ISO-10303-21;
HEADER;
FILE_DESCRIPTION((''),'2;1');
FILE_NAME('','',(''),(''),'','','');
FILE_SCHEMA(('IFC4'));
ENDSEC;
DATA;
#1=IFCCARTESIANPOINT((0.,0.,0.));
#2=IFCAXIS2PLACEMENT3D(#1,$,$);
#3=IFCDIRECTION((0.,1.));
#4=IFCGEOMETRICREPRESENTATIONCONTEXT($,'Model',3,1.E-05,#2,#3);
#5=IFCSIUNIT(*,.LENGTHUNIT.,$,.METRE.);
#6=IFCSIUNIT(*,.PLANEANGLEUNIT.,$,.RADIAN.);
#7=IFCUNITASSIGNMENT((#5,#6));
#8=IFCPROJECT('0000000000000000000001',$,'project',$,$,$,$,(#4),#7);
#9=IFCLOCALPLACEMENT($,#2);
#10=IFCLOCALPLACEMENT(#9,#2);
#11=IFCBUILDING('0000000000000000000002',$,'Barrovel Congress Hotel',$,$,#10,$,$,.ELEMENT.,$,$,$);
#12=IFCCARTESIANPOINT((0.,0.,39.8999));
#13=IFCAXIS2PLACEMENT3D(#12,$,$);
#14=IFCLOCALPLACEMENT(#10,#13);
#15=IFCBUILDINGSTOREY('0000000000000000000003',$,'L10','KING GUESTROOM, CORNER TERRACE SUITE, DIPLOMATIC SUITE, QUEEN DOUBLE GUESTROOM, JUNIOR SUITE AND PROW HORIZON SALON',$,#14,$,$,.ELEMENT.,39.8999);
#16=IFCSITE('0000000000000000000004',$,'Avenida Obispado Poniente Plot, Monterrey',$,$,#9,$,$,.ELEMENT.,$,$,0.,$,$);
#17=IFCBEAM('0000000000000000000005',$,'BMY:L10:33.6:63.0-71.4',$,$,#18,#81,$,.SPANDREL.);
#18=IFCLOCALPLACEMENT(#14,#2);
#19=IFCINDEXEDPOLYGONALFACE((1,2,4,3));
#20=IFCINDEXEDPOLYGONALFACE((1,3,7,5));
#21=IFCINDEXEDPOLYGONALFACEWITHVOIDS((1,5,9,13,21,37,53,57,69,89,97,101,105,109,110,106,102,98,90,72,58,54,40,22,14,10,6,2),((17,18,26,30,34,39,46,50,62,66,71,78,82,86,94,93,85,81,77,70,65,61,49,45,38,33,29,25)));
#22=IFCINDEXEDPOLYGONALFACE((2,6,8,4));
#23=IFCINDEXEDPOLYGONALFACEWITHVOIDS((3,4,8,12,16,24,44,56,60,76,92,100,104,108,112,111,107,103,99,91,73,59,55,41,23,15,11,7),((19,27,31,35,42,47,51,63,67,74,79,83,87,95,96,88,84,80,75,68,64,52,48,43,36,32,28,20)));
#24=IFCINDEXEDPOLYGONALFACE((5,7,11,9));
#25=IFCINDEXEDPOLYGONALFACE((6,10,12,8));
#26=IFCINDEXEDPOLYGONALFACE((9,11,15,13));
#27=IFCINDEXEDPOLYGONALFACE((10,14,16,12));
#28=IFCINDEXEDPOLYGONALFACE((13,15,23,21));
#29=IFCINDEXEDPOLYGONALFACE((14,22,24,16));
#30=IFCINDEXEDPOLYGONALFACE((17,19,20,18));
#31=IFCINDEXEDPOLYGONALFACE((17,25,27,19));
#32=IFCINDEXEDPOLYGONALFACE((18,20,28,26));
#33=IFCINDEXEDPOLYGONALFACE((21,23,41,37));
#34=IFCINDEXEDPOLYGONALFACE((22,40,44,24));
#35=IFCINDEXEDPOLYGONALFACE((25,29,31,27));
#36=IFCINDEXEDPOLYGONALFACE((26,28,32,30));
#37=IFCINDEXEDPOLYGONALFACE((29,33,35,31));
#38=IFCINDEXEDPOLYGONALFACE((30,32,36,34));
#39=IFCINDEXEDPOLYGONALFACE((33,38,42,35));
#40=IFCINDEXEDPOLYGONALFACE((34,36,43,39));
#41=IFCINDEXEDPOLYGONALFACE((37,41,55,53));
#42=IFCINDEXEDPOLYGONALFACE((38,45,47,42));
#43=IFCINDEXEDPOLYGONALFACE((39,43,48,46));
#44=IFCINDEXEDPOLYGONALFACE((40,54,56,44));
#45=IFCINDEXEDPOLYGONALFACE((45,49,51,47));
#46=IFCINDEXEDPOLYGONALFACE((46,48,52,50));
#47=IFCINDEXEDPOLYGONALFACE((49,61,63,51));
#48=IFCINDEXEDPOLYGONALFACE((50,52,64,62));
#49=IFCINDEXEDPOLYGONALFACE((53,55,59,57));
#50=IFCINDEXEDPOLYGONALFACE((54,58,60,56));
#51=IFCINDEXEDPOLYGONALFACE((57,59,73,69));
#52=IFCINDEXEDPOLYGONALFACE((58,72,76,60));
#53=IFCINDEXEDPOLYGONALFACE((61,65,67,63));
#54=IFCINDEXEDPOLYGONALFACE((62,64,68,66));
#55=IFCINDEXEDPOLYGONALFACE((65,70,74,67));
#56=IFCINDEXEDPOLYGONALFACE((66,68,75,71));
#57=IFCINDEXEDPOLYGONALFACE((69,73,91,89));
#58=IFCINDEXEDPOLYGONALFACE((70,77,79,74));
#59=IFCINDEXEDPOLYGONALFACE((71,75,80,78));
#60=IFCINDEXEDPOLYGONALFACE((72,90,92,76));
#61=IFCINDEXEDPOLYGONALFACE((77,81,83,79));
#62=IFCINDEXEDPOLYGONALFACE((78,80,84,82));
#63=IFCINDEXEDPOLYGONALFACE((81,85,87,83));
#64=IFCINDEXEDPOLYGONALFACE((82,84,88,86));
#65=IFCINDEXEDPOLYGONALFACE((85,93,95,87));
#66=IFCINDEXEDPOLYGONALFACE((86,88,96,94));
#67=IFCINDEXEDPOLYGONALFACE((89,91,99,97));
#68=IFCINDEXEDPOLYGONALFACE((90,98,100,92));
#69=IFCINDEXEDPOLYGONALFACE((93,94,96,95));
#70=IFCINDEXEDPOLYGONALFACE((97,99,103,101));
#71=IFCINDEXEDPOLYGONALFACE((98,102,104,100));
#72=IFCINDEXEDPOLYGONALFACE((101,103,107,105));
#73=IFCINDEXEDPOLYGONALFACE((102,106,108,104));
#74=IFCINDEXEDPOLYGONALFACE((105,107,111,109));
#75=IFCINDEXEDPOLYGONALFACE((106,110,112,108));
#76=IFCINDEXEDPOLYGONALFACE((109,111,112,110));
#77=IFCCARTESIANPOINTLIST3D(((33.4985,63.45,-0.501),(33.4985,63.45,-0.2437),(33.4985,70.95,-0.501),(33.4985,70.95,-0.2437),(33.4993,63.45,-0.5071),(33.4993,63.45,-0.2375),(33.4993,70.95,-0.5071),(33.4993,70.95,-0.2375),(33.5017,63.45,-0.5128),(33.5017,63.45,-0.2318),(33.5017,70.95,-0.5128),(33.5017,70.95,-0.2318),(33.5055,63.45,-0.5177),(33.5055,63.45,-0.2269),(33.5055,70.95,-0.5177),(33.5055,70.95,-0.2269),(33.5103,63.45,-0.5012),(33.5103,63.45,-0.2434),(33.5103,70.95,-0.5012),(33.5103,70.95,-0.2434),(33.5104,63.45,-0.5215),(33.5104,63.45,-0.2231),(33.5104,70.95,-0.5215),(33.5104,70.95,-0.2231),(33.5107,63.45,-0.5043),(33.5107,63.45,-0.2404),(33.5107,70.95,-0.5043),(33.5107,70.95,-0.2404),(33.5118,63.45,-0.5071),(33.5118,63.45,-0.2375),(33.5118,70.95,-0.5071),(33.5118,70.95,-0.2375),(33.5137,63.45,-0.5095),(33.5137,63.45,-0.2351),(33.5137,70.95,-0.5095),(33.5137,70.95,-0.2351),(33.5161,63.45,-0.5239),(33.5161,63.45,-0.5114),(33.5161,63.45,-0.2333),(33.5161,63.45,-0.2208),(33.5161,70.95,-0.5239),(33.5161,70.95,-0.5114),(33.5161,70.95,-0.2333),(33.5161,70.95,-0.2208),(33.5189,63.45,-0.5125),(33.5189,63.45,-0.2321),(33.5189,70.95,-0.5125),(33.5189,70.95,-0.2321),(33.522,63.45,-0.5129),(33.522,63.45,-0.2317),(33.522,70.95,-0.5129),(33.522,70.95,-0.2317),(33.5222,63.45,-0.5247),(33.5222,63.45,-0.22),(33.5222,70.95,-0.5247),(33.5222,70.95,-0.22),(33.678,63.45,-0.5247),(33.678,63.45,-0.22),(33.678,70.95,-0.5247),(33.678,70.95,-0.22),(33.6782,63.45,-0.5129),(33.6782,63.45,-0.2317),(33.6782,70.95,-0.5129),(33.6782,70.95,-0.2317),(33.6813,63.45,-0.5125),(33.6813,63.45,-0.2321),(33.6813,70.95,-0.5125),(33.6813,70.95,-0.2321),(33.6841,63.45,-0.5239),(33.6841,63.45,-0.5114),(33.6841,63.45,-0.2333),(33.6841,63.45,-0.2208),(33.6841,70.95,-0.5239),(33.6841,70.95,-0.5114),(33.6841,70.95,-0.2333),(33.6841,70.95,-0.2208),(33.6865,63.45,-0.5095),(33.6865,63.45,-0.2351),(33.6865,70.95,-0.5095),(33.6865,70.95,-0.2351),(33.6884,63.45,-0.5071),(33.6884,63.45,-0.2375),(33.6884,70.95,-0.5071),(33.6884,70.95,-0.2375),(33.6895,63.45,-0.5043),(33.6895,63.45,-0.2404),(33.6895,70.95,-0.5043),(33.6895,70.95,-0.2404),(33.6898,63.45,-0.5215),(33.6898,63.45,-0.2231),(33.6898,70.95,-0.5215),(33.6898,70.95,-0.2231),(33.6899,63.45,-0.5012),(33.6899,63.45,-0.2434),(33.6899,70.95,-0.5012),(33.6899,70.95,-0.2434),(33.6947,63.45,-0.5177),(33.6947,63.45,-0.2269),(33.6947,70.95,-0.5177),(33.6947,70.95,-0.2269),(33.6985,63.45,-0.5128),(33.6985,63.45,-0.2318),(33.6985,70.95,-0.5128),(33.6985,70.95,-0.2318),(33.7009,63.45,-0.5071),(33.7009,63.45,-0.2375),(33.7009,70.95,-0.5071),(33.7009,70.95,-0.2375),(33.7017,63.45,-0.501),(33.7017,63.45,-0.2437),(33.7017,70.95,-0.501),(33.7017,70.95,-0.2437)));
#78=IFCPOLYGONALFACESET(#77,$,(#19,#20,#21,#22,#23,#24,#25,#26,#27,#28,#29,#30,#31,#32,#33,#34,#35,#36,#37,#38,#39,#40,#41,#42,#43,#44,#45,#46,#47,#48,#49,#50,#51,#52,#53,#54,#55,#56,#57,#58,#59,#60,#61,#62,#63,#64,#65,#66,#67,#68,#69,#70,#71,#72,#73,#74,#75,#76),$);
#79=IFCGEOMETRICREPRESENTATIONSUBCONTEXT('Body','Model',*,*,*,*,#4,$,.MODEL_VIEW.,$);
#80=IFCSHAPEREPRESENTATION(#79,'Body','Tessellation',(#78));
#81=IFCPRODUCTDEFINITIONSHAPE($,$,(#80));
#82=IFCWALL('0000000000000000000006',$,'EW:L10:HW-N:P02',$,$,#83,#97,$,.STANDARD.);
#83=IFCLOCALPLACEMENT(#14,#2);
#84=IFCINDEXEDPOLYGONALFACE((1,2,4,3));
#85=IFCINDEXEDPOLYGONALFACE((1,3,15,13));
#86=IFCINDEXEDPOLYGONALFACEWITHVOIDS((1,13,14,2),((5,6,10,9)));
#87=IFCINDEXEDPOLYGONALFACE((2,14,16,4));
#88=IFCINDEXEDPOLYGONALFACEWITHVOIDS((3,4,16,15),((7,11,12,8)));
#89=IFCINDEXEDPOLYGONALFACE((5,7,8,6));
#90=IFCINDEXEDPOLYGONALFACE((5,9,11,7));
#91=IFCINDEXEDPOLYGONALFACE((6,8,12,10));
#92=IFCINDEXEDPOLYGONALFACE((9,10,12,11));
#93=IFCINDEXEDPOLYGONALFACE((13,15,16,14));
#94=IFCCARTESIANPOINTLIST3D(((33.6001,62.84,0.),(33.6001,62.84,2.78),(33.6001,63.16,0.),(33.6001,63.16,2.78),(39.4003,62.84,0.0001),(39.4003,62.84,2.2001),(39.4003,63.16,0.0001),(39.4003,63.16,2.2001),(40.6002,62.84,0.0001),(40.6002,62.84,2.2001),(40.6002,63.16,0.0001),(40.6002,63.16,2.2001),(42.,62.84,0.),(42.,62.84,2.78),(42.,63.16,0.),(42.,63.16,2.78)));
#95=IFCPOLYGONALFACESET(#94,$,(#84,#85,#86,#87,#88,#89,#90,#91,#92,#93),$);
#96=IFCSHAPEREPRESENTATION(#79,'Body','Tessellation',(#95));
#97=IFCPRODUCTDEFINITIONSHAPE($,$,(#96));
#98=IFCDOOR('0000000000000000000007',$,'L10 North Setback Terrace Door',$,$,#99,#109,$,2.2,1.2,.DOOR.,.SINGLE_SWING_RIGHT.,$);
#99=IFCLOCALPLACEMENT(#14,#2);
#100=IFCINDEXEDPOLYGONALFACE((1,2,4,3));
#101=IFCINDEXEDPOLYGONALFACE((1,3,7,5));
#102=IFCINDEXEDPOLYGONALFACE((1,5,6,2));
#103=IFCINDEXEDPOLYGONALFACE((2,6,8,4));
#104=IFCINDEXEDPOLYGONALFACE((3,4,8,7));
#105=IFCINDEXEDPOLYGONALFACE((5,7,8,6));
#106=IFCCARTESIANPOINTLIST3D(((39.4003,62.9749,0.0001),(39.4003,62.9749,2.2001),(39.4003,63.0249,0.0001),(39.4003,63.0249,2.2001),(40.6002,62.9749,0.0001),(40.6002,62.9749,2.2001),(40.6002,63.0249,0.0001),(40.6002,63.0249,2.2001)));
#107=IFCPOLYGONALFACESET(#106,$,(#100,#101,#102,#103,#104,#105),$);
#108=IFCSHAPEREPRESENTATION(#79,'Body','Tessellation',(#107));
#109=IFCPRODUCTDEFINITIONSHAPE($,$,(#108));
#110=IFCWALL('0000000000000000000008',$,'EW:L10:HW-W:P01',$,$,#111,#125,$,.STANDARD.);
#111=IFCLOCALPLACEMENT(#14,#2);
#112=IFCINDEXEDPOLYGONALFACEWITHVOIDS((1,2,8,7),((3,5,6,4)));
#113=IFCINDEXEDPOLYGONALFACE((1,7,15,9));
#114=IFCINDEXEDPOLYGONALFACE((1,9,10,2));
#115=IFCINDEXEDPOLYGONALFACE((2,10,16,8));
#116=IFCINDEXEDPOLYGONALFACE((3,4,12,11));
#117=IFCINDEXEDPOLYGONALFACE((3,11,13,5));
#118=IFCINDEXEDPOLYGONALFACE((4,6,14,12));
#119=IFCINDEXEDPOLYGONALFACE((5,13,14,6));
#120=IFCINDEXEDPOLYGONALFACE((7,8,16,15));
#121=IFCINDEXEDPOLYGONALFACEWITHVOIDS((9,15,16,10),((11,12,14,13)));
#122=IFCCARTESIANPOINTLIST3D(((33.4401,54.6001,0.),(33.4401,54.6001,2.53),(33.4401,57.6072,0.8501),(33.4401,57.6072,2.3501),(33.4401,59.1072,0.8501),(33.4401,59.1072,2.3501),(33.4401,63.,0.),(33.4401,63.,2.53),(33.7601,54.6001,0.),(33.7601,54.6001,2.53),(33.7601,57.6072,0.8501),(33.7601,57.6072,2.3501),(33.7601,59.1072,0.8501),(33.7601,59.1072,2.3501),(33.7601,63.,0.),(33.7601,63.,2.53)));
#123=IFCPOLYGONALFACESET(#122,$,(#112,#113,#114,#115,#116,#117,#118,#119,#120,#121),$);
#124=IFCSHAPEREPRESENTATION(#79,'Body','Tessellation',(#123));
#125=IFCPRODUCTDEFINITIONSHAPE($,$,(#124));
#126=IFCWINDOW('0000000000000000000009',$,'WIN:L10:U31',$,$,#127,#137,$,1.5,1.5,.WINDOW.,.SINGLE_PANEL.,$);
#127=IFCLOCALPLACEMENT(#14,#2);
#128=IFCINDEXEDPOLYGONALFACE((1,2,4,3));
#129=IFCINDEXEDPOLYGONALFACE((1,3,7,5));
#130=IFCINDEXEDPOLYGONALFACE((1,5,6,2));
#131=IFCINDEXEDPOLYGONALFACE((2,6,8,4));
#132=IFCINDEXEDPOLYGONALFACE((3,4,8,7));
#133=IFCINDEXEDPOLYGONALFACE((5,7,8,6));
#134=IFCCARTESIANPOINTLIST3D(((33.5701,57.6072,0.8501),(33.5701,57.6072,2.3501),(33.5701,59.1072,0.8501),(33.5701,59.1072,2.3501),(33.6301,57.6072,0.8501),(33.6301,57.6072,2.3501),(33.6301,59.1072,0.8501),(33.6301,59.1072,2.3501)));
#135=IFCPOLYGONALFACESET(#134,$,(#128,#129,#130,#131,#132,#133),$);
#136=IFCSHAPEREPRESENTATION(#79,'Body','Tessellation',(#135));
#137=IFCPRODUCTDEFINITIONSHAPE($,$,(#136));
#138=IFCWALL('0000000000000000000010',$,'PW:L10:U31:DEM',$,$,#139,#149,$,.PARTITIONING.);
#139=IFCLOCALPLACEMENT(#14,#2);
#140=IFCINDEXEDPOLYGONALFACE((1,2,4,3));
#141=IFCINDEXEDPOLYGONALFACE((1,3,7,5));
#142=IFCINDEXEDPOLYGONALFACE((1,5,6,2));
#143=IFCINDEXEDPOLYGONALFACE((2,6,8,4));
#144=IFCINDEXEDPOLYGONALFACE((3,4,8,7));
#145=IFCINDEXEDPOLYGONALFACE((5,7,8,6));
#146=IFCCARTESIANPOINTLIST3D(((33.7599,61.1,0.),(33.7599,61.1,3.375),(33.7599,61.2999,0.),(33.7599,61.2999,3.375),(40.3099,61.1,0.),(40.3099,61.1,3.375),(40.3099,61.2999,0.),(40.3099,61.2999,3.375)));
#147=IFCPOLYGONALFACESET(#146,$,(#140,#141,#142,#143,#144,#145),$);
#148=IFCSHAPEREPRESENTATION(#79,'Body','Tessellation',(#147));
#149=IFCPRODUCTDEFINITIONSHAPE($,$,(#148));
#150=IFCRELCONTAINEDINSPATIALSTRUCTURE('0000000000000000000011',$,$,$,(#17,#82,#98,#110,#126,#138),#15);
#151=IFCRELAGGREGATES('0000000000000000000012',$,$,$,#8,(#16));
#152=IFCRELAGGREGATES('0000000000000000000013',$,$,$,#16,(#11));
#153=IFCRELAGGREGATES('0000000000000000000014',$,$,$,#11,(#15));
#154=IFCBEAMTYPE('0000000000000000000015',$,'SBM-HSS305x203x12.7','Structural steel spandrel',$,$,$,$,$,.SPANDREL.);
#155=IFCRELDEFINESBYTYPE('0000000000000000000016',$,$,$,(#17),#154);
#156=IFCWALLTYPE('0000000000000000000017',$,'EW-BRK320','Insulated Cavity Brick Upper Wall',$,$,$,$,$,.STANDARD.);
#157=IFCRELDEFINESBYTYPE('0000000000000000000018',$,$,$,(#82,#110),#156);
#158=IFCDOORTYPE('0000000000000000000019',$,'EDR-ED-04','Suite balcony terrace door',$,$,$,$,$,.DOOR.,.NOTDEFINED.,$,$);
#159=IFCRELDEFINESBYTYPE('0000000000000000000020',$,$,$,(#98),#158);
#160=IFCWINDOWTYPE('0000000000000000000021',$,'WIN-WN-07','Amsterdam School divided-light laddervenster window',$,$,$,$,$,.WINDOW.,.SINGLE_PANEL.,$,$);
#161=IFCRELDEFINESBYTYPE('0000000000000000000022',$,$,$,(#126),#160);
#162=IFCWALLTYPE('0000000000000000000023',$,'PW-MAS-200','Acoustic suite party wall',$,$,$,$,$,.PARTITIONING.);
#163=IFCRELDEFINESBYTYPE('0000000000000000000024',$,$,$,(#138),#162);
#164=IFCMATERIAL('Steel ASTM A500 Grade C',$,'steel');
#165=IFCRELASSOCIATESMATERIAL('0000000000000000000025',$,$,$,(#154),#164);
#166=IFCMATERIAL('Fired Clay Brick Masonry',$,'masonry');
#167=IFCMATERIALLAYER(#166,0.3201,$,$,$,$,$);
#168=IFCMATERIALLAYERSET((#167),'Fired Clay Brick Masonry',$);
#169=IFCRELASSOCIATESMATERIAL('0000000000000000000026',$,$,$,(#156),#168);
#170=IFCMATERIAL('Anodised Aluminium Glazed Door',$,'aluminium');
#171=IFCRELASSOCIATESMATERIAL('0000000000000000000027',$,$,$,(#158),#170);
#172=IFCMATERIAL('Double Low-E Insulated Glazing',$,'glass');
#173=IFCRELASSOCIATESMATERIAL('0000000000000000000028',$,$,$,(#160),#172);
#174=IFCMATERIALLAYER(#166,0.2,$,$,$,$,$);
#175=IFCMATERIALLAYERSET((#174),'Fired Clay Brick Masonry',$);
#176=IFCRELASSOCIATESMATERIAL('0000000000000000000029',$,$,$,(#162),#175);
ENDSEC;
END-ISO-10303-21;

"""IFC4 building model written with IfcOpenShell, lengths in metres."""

from ifc_helpers import new_model, si_unit, direction, frame, frame_2d, origin, origin_2d, place, context, subcontext, project, spatial, rectangle, hollow_rectangle, extrude, material, layer, layer_set, material_profile, profile_set, type_object, element, fill, save


model = new_model("IFC4")

# Units and contexts
model_context = context("Model", 3, precision=1e-05, world=origin(), true_north=direction((0.0, 1.0)))
body_context = subcontext(model_context, "Body", "Model", "MODEL_VIEW")
ifc_project = project(units=[si_unit("LENGTHUNIT", "METRE"), si_unit("PLANEANGLEUNIT", "RADIAN")], contexts=[model_context])

# Site, building, storey
site_placement = place(None, origin())
site = spatial("IfcSite", under=ifc_project, at=site_placement, Name="Avenida Obispado Poniente Plot, Monterrey", CompositionType="ELEMENT", RefElevation=0.0)
building_placement = place(site_placement, origin())
building = spatial("IfcBuilding", under=site, at=building_placement, Name="Barrovel Congress Hotel", CompositionType="ELEMENT")
storey_placement = place(building_placement, frame((0.0, 0.0, 39.8999)))
storey = spatial("IfcBuildingStorey", under=building, at=storey_placement, Name="L10", Description="KING GUESTROOM, CORNER TERRACE SUITE, DIPLOMATIC SUITE, QUEEN DOUBLE GUESTROOM, JUNIOR SUITE AND PROW HORIZON SALON", CompositionType="ELEMENT", Elevation=39.8999)

# Beam
ifc_material_1 = material(Name="Steel ASTM A500 Grade C", Category="steel")
ifc_material_profile_1 = material_profile(ifc_material_1, hollow_rectangle(XDim=0.2031, YDim=0.3047, WallThickness=0.0117, InnerFilletRadius=0.0117, OuterFilletRadius=0.0237, at=origin_2d()), Name="HSS305x203x12.7")
ifc_profile_set_1 = profile_set([ifc_material_profile_1], Name="Steel ASTM A500 Grade C")
beam_type_1 = type_object("IfcBeamType", Name="SBM-HSS305x203x12.7", Description="Structural steel spandrel", PredefinedType="SPANDREL", material=ifc_profile_set_1)
beam_1_placement = place(storey_placement, frame((33.6001, 63.45, -0.3723), z_axis=(0.0, 1.0, 0.0), x_axis=(-1.0, 0.0, 0.0)))
element("IfcBeam", 1, at=beam_1_placement, inside=storey, type_object=beam_type_1, Name="BMY:L10:33.6:63.0-71.4", PredefinedType="SPANDREL", context=body_context, shape_type="SweptSolid", body=[
    extrude(hollow_rectangle(XDim=0.2031, YDim=0.3047, WallThickness=0.0117, InnerFilletRadius=0.0117, OuterFilletRadius=0.0237, at=origin_2d()), origin(), (0.0, 0.0, 1.0), 7.5),
])

# Wall, opening, door
ifc_material_2 = material(Name="Fired Clay Brick Masonry", Category="masonry")
ifc_layer_1 = layer(ifc_material_2, 0.3201)
ifc_layer_set_1 = layer_set([ifc_layer_1], Name="Fired Clay Brick Masonry")
wall_type_1 = type_object("IfcWallType", Name="EW-BRK320", Description="Insulated Cavity Brick Upper Wall", PredefinedType="STANDARD", material=ifc_layer_set_1)
wall_1_placement = place(storey_placement, frame((42.0, 63.0, 0.0), z_axis=(0.0, 0.0, 1.0), x_axis=(-1.0, 0.0, 0.0)))
wall_1 = element("IfcWall", 2, at=wall_1_placement, inside=storey, type_object=wall_type_1, Name="EW:L10:HW-N:P02", PredefinedType="STANDARD", context=body_context, shape_type="SweptSolid", body=[
    extrude(rectangle(XDim=8.3999, YDim=0.3201, at=frame_2d((4.2, 0.0))), origin(), (0.0, 0.0, 1.0), 2.78),
])
opening_1_placement = place(wall_1_placement, frame((2.5999, 0.0, 0.0), z_axis=(0.0, 0.0, 1.0), x_axis=(-1.0, 0.0, 0.0)))
opening_1 = element("IfcOpeningElement", 3, at=opening_1_placement, cuts=wall_1, PredefinedType="OPENING", context=body_context, shape_type="SweptSolid", body=[
    extrude(rectangle(XDim=1.2, YDim=2.2, at=frame_2d((0.6001, 1.1001))), frame((0.0, 0.1699, 0.0), z_axis=(0.0, -1.0, 0.0), x_axis=(1.0, 0.0, 0.0)), (0.0, 0.0, 1.0), 0.3401),
])
ifc_material_3 = material(Name="Anodised Aluminium Glazed Door", Category="aluminium")
door_type_1 = type_object("IfcDoorType", Name="EDR-ED-04", Description="Suite balcony terrace door", OperationType="NOTDEFINED", PredefinedType="DOOR", material=ifc_material_3)
door_1_placement = place(opening_1_placement, origin())
door_1 = element("IfcDoor", 4, at=door_1_placement, inside=storey, type_object=door_type_1, Name="L10 North Setback Terrace Door", OperationType="SINGLE_SWING_RIGHT", OverallHeight=2.2, OverallWidth=1.2, PredefinedType="DOOR", context=body_context, shape_type="SweptSolid", body=[
    extrude(rectangle(XDim=1.2, YDim=2.2, at=frame_2d((0.6001, 1.1001))), frame((0.0, 0.0249, 0.0), z_axis=(0.0, -1.0, 0.0), x_axis=(1.0, 0.0, 0.0)), (0.0, 0.0, 1.0), 0.05),
])
fill(opening_1, door_1)

# Wall, opening, window
wall_2_placement = place(storey_placement, frame((33.6001, 63.0, 0.0), z_axis=(0.0, 0.0, 1.0), x_axis=(0.0, -1.0, 0.0)))
wall_2 = element("IfcWall", 5, at=wall_2_placement, inside=storey, type_object=wall_type_1, Name="EW:L10:HW-W:P01", PredefinedType="STANDARD", context=body_context, shape_type="SweptSolid", body=[
    extrude(rectangle(XDim=8.3999, YDim=0.3201, at=frame_2d((4.2, 0.0))), origin(), (0.0, 0.0, 1.0), 2.53),
])
opening_2_placement = place(wall_2_placement, frame((3.8928, 0.0, 0.8501)))
opening_2 = element("IfcOpeningElement", 6, at=opening_2_placement, cuts=wall_2, PredefinedType="OPENING", context=body_context, shape_type="SweptSolid", body=[
    extrude(rectangle(XDim=1.5, YDim=1.5, at=frame_2d((0.75, 0.75))), frame((0.0, 0.1699, 0.0), z_axis=(0.0, -1.0, 0.0), x_axis=(1.0, 0.0, 0.0)), (0.0, 0.0, 1.0), 0.3401),
])
ifc_material_4 = material(Name="Double Low-E Insulated Glazing", Category="glass")
window_type = type_object("IfcWindowType", Name="WIN-WN-07", Description="Amsterdam School divided-light laddervenster window", PartitioningType="SINGLE_PANEL", PredefinedType="WINDOW", material=ifc_material_4)
window_placement = place(opening_2_placement, origin())
window = element("IfcWindow", 7, at=window_placement, inside=storey, type_object=window_type, Name="WIN:L10:U31", OverallHeight=1.5, OverallWidth=1.5, PartitioningType="SINGLE_PANEL", PredefinedType="WINDOW", context=body_context, shape_type="SweptSolid", body=[
    extrude(rectangle(XDim=1.5, YDim=1.5, at=frame_2d((0.75, 0.75))), frame((0.0, 0.03, 0.0), z_axis=(0.0, -1.0, 0.0), x_axis=(1.0, 0.0, 0.0)), (0.0, 0.0, 1.0), 0.0601),
])
fill(opening_2, window)

# Wall
ifc_layer_2 = layer(ifc_material_2, 0.2)
ifc_layer_set_2 = layer_set([ifc_layer_2], Name="Fired Clay Brick Masonry")
wall_type_2 = type_object("IfcWallType", Name="PW-MAS-200", Description="Acoustic suite party wall", PredefinedType="PARTITIONING", material=ifc_layer_set_2)
wall_3_placement = place(storey_placement, frame((33.76, 61.2, 0.0), z_axis=(0.0, 0.0, 1.0), x_axis=(1.0, 0.0, 0.0)))
element("IfcWall", 8, at=wall_3_placement, inside=storey, type_object=wall_type_2, Name="PW:L10:U31:DEM", PredefinedType="PARTITIONING", context=body_context, shape_type="SweptSolid", body=[
    extrude(rectangle(XDim=6.55, YDim=0.2, at=frame_2d((3.2749, 0.0))), origin(), (0.0, 0.0, 1.0), 3.375),
])

save(model, "model.ifc")
